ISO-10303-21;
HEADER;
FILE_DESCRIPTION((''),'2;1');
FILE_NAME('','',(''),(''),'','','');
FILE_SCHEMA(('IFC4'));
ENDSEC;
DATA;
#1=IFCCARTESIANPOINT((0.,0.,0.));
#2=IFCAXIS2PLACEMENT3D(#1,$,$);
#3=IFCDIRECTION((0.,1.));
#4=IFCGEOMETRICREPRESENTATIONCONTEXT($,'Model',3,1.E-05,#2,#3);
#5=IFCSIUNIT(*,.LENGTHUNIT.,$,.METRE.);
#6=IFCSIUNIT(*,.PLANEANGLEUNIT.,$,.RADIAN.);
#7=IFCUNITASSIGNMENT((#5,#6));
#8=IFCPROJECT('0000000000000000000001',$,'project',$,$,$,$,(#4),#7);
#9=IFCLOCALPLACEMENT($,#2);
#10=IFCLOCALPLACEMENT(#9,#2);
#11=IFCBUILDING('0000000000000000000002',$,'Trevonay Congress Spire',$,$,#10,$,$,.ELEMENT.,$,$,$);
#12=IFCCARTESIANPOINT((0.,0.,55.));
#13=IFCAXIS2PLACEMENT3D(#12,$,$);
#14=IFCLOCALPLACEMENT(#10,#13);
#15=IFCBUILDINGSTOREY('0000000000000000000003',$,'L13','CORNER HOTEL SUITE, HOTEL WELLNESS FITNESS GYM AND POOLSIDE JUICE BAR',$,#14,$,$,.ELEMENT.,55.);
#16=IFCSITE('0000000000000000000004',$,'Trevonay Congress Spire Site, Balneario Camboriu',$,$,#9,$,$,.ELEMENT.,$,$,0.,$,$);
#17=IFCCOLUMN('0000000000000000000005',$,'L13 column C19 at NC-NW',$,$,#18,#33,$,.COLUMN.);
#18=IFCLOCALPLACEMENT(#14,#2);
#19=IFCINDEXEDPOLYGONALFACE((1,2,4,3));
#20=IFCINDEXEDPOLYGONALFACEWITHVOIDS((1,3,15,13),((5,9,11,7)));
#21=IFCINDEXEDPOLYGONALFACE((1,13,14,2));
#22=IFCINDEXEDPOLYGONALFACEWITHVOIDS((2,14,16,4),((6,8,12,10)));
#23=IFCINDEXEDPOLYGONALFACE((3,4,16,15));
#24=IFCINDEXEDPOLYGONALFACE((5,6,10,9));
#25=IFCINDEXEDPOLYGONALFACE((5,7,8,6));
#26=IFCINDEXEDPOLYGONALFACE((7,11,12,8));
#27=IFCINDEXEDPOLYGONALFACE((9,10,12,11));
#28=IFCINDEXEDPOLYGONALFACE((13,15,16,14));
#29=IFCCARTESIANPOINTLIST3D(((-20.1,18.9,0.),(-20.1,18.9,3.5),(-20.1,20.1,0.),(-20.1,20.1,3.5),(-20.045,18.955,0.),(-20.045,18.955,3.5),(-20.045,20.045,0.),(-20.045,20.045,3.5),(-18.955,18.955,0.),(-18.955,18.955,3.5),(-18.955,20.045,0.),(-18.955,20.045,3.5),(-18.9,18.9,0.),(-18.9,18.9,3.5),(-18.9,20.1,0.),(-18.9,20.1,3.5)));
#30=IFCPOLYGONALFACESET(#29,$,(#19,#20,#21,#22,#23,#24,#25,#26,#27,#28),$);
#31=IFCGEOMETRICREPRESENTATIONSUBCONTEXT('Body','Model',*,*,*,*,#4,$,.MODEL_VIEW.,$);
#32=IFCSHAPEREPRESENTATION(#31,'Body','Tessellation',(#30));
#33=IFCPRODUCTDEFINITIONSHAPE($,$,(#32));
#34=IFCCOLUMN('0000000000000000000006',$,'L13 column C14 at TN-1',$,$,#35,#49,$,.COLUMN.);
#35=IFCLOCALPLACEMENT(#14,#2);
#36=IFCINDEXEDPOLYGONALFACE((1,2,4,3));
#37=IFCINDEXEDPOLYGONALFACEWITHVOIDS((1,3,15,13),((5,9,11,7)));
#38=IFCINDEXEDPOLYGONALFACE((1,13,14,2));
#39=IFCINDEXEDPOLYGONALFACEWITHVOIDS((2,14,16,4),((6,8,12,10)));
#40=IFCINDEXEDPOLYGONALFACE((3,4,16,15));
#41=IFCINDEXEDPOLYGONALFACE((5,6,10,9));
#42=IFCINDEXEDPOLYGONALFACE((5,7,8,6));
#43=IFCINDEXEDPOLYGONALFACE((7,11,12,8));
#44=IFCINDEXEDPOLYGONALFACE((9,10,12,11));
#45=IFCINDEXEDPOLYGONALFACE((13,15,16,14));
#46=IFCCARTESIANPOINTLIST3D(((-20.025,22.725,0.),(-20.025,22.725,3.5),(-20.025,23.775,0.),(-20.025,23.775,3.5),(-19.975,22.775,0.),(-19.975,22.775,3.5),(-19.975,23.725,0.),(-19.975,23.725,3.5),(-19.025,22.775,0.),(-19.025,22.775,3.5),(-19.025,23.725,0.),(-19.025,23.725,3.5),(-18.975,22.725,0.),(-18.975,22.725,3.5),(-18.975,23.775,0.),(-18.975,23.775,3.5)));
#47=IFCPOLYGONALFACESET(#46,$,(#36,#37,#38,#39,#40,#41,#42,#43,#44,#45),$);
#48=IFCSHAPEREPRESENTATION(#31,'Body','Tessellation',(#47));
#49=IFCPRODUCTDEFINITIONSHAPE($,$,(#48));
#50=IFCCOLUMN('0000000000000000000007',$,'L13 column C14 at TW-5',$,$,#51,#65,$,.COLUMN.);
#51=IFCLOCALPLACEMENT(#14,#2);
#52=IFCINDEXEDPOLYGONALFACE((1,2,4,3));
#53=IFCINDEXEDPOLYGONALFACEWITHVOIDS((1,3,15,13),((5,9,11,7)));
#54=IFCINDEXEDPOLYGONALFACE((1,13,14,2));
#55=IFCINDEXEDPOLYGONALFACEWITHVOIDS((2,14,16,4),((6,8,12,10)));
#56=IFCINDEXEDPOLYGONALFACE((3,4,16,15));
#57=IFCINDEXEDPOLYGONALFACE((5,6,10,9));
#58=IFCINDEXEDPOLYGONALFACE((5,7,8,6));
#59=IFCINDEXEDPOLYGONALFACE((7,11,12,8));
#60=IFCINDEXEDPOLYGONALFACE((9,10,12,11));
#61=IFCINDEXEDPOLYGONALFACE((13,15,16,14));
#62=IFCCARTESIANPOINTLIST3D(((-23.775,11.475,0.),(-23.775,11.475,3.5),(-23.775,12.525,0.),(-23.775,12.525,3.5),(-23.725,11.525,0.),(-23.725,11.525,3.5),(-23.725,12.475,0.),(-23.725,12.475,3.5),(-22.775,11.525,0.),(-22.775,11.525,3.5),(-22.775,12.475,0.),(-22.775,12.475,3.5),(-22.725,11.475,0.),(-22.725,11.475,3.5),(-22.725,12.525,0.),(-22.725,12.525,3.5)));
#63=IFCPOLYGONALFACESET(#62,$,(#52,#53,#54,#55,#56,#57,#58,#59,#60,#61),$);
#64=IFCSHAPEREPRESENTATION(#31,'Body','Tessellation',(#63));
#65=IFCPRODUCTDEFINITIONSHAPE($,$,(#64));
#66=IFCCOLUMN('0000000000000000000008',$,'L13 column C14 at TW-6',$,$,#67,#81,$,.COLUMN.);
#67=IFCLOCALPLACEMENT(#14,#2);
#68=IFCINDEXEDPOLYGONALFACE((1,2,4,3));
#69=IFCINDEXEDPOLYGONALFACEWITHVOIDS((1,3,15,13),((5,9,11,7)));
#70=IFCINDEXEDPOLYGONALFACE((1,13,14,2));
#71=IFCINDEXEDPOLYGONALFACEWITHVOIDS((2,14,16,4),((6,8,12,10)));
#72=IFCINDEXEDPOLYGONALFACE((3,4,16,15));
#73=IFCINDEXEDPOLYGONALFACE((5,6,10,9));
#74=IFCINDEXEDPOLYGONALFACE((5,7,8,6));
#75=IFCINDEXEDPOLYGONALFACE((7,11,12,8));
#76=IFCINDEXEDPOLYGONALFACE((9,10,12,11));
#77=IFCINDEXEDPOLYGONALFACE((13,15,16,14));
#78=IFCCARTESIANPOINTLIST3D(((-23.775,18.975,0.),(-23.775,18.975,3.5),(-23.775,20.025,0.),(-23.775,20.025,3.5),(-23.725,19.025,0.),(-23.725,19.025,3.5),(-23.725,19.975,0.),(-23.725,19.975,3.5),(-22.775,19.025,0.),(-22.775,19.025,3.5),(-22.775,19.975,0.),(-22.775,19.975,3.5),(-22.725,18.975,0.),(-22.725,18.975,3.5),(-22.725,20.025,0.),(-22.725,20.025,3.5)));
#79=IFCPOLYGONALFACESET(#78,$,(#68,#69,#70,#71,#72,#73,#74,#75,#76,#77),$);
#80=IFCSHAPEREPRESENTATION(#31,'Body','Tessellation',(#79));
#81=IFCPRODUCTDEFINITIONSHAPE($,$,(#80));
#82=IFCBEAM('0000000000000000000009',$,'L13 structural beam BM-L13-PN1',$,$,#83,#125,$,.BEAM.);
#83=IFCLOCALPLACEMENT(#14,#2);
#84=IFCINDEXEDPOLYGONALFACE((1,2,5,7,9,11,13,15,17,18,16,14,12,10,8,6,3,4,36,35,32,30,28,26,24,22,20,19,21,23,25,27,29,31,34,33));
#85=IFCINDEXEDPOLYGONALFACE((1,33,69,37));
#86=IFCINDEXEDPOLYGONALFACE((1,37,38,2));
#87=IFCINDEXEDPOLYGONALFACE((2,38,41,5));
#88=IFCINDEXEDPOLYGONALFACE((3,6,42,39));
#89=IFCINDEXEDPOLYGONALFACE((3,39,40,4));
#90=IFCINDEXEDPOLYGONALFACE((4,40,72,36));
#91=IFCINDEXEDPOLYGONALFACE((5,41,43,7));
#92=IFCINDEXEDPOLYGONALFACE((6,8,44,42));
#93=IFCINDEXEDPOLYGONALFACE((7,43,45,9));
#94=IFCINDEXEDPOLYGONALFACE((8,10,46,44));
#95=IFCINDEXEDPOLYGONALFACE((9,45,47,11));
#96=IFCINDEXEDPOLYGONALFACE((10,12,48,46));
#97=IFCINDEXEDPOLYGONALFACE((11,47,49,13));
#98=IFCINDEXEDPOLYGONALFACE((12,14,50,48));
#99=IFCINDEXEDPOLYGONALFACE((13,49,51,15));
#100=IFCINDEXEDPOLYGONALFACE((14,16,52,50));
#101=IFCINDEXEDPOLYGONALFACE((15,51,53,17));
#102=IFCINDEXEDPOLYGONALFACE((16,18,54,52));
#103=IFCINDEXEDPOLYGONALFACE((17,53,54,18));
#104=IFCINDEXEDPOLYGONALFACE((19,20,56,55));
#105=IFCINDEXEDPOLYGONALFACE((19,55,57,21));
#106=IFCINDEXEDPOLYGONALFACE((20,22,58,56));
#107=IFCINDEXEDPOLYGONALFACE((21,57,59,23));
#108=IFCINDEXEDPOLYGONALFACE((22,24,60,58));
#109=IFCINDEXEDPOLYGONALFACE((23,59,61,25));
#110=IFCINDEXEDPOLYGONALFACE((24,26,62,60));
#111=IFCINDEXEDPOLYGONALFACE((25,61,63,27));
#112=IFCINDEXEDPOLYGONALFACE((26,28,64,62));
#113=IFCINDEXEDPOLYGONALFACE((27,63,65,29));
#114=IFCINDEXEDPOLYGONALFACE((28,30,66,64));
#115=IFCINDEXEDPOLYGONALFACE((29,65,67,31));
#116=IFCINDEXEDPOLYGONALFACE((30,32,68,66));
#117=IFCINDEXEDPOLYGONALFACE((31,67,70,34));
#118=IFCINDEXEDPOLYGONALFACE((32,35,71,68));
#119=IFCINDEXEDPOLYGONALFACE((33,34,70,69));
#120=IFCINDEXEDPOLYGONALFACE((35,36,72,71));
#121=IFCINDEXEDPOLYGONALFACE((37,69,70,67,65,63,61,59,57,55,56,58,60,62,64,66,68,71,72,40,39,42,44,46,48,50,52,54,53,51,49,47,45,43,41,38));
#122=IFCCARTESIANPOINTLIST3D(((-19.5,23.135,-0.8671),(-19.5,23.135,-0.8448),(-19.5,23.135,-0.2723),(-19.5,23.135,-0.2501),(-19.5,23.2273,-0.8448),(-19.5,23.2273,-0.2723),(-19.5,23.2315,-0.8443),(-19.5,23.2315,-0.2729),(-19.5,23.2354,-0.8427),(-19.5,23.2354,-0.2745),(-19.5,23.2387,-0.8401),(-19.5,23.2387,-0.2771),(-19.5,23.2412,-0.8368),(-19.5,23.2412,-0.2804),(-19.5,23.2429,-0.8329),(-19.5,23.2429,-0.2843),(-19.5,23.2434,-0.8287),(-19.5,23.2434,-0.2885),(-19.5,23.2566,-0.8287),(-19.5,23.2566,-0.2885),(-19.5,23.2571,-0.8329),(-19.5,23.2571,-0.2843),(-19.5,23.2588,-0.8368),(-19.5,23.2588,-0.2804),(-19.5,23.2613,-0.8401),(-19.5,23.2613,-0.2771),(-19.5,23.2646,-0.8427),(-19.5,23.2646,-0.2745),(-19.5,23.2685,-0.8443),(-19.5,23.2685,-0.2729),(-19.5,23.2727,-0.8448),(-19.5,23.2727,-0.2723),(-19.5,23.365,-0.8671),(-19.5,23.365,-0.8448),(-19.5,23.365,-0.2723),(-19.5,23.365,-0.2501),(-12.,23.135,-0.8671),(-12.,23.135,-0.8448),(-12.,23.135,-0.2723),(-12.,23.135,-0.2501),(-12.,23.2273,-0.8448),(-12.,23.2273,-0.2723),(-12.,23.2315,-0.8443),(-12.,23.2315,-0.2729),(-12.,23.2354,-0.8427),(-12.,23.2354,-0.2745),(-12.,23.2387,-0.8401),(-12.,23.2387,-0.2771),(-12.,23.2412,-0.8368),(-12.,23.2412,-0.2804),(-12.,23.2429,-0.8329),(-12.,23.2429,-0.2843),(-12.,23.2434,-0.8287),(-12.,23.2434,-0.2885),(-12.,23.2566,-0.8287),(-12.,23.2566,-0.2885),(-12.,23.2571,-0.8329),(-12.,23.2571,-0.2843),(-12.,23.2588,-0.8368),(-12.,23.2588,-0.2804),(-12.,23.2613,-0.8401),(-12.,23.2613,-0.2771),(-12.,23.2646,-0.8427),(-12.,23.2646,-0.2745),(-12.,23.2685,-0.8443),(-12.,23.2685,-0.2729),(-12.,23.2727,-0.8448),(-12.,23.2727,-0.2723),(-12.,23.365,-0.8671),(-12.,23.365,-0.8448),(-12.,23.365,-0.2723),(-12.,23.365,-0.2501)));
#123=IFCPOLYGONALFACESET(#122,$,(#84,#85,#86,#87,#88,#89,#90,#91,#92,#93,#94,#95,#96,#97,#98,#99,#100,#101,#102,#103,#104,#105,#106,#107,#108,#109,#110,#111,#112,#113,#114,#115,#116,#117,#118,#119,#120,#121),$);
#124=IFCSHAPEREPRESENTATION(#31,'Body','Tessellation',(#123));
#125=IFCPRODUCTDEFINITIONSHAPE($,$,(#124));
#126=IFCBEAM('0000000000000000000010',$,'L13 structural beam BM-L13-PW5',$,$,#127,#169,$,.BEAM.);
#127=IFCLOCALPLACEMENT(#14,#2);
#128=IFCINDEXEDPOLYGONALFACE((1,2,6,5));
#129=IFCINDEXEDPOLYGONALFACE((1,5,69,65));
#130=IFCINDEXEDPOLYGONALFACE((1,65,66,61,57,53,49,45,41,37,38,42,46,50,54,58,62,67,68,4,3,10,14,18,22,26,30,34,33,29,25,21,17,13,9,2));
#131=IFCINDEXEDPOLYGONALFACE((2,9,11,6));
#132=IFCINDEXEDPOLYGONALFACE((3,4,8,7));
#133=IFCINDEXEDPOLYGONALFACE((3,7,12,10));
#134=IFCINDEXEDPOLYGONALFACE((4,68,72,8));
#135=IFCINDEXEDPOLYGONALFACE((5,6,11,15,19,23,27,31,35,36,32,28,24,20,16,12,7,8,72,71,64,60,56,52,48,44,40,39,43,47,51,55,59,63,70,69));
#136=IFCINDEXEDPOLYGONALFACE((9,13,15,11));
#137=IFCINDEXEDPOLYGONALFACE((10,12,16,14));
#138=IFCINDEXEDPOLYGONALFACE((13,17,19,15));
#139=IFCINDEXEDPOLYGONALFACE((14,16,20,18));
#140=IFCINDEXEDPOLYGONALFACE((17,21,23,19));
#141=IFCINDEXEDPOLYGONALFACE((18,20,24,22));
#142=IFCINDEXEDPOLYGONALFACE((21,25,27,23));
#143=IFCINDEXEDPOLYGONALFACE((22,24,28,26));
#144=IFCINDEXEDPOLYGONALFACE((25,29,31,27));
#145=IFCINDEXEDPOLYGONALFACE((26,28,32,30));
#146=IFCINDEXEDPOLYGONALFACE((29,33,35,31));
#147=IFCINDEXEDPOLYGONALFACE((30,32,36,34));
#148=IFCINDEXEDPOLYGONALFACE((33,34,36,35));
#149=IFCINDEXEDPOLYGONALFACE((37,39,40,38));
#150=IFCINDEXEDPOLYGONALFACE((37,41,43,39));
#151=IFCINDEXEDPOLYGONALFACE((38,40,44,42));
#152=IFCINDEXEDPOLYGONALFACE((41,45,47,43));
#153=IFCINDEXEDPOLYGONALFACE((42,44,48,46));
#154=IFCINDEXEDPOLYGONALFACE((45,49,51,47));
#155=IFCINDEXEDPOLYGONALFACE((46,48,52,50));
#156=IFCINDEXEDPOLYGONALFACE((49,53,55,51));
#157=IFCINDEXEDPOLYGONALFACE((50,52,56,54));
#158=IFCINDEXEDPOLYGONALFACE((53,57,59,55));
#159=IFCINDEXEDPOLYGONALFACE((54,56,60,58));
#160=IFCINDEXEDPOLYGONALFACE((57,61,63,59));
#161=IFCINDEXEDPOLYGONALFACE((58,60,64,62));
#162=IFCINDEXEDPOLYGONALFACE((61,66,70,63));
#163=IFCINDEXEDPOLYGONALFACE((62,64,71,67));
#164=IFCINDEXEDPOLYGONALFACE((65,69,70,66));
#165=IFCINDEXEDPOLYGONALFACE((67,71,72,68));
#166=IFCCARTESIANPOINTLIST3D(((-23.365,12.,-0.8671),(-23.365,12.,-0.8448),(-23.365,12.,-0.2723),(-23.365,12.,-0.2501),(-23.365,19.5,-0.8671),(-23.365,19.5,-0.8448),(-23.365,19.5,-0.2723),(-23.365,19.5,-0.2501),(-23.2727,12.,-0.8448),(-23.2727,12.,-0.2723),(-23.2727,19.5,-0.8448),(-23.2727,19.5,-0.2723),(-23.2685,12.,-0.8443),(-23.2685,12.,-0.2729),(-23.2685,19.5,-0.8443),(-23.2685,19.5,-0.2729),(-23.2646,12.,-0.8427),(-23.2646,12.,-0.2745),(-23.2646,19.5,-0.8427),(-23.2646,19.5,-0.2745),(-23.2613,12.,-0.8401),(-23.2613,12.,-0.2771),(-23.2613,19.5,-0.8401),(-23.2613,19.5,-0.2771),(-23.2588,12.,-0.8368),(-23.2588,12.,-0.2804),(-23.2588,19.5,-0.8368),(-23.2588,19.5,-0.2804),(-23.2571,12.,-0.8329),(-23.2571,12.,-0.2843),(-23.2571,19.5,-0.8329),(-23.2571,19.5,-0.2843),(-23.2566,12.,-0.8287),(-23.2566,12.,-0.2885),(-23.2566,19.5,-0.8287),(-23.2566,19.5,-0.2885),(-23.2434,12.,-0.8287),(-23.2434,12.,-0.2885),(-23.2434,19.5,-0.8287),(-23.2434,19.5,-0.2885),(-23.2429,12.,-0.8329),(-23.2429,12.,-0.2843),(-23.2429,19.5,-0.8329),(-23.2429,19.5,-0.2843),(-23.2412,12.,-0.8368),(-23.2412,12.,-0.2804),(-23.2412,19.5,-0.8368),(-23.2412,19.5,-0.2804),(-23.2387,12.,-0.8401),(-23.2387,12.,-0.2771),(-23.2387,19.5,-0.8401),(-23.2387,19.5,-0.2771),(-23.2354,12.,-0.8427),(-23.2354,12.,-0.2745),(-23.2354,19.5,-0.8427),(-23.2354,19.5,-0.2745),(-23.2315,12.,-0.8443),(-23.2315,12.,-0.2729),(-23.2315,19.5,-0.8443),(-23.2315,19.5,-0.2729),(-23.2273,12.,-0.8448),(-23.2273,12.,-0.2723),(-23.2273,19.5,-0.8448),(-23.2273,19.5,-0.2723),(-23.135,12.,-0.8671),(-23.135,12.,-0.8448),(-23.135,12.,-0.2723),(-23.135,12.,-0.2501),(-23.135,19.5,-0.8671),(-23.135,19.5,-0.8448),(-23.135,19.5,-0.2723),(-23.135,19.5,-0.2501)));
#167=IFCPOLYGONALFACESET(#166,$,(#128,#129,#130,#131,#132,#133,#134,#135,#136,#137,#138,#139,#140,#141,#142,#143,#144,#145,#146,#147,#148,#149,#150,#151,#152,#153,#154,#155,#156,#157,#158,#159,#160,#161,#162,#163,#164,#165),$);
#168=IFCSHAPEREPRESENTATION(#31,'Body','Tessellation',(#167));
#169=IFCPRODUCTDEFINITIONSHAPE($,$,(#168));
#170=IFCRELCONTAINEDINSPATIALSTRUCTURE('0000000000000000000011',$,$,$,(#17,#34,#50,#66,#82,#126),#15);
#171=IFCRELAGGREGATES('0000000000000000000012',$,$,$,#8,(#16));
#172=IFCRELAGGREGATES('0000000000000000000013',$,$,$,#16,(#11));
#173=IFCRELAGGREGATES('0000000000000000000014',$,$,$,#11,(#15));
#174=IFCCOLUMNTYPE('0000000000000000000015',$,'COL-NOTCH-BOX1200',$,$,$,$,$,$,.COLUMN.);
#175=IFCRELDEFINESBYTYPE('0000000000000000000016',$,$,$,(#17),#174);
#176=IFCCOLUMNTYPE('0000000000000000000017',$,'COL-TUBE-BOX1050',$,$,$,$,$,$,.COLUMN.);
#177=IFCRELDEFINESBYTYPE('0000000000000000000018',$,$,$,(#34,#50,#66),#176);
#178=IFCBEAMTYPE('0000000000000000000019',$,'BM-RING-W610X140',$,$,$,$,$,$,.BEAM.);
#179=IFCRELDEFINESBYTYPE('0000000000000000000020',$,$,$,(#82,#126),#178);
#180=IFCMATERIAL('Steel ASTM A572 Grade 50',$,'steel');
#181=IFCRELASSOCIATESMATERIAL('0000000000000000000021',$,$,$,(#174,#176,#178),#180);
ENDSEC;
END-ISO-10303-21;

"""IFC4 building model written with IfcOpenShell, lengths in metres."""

from ifc_helpers import new_model, si_unit, direction, frame, origin, origin_2d, place, context, subcontext, project, spatial, hollow_rectangle, i_section, extrude, material, material_profile, profile_set, type_object, element, save


model = new_model("IFC4")

# Units and contexts
model_context = context("Model", 3, precision=1e-05, world=origin(), true_north=direction((0.0, 1.0)))
body_context = subcontext(model_context, "Body", "Model", "MODEL_VIEW")
ifc_project = project(units=[si_unit("LENGTHUNIT", "METRE"), si_unit("PLANEANGLEUNIT", "RADIAN")], contexts=[model_context])

# Site, building, storey
site_placement = place(None, origin())
site = spatial("IfcSite", under=ifc_project, at=site_placement, Name="Trevonay Congress Spire Site, Balneario Camboriu", CompositionType="ELEMENT", RefElevation=0.0)
building_placement = place(site_placement, origin())
building = spatial("IfcBuilding", under=site, at=building_placement, Name="Trevonay Congress Spire", CompositionType="ELEMENT")
storey_placement = place(building_placement, frame((0.0, 0.0, 55.0)))
storey = spatial("IfcBuildingStorey", under=building, at=storey_placement, Name="L13", Description="CORNER HOTEL SUITE, HOTEL WELLNESS FITNESS GYM AND POOLSIDE JUICE BAR", CompositionType="ELEMENT", Elevation=55.0)

# Columns
ifc_material_1 = material(Name="Steel ASTM A572 Grade 50", Category="steel")
ifc_material_profile_1 = material_profile(ifc_material_1, hollow_rectangle(XDim=1.2, YDim=1.2, WallThickness=0.0549, at=origin_2d()), Name="BOX 1200x1200x55")
ifc_profile_set_1 = profile_set([ifc_material_profile_1], Name="Steel ASTM A572 Grade 50")
column_type_1 = type_object("IfcColumnType", Name="COL-NOTCH-BOX1200", PredefinedType="COLUMN", material=ifc_profile_set_1)
column_placement = place(storey_placement, frame((-19.5, 19.5, 0.0), z_axis=(0.0, 0.0, 1.0), x_axis=(1.0, 0.0, 0.0)))
element("IfcColumn", 1, at=column_placement, inside=storey, type_object=column_type_1, Name="L13 column C19 at NC-NW", PredefinedType="COLUMN", context=body_context, shape_type="SweptSolid", body=[
    extrude(hollow_rectangle(XDim=1.2, YDim=1.2, WallThickness=0.0549, at=origin_2d()), origin(), (0.0, 0.0, 1.0), 3.5),
])
ifc_material_profile_2 = material_profile(ifc_material_1, hollow_rectangle(XDim=1.05, YDim=1.05, WallThickness=0.05, at=origin_2d()), Name="BOX 1050x1050x50")
ifc_profile_set_2 = profile_set([ifc_material_profile_2], Name="Steel ASTM A572 Grade 50")
column_type_2 = type_object("IfcColumnType", Name="COL-TUBE-BOX1050", PredefinedType="COLUMN", material=ifc_profile_set_2)
for number, where, z_axis, x_axis, name in (
    (2, (-19.5, 23.25, 0.0), (0.0, 0.0, 1.0), (1.0, 0.0, 0.0), "L13 column C14 at TN-1"),
    (3, (-23.25, 12.0, 0.0), (0.0, 0.0, 1.0), (1.0, 0.0, 0.0), "L13 column C14 at TW-5"),
    (4, (-23.25, 19.5, 0.0), (0.0, 0.0, 1.0), (1.0, 0.0, 0.0), "L13 column C14 at TW-6"),
):
    element("IfcColumn", number, at=place(storey_placement, frame(where, z_axis=z_axis, x_axis=x_axis)), inside=storey, type_object=column_type_2, Name=name, PredefinedType="COLUMN", context=body_context, shape_type="SweptSolid", body=[
        extrude(hollow_rectangle(XDim=1.05, YDim=1.05, WallThickness=0.05, at=origin_2d()), origin(), (0.0, 0.0, 1.0), 3.5),
    ])

# Beams
ifc_material_profile_3 = material_profile(ifc_material_1, i_section(OverallWidth=0.23, OverallDepth=0.6169, WebThickness=0.0132, FlangeThickness=0.0222, FilletRadius=0.0161, at=origin_2d()), Name="W610x140")
ifc_profile_set_3 = profile_set([ifc_material_profile_3], Name="Steel ASTM A572 Grade 50")
beam_type_1 = type_object("IfcBeamType", Name="BM-RING-W610X140", PredefinedType="BEAM", material=ifc_profile_set_3)
for number, where, z_axis, x_axis, name in (
    (5, (-19.5, 23.25, -0.5586), (1.0, 0.0, 0.0), (0.0, 1.0, 0.0), "L13 structural beam BM-L13-PN1"),
    (6, (-23.25, 12.0, -0.5586), (0.0, 1.0, 0.0), (-1.0, 0.0, 0.0), "L13 structural beam BM-L13-PW5"),
):
    element("IfcBeam", number, at=place(storey_placement, frame(where, z_axis=z_axis, x_axis=x_axis)), inside=storey, type_object=beam_type_1, Name=name, PredefinedType="BEAM", context=body_context, shape_type="SweptSolid", body=[
        extrude(i_section(OverallWidth=0.23, OverallDepth=0.6169, WebThickness=0.0132, FlangeThickness=0.0222, FilletRadius=0.0161, at=origin_2d()), origin(), (0.0, 0.0, 1.0), 7.5),
    ])

save(model, "model.ifc")
